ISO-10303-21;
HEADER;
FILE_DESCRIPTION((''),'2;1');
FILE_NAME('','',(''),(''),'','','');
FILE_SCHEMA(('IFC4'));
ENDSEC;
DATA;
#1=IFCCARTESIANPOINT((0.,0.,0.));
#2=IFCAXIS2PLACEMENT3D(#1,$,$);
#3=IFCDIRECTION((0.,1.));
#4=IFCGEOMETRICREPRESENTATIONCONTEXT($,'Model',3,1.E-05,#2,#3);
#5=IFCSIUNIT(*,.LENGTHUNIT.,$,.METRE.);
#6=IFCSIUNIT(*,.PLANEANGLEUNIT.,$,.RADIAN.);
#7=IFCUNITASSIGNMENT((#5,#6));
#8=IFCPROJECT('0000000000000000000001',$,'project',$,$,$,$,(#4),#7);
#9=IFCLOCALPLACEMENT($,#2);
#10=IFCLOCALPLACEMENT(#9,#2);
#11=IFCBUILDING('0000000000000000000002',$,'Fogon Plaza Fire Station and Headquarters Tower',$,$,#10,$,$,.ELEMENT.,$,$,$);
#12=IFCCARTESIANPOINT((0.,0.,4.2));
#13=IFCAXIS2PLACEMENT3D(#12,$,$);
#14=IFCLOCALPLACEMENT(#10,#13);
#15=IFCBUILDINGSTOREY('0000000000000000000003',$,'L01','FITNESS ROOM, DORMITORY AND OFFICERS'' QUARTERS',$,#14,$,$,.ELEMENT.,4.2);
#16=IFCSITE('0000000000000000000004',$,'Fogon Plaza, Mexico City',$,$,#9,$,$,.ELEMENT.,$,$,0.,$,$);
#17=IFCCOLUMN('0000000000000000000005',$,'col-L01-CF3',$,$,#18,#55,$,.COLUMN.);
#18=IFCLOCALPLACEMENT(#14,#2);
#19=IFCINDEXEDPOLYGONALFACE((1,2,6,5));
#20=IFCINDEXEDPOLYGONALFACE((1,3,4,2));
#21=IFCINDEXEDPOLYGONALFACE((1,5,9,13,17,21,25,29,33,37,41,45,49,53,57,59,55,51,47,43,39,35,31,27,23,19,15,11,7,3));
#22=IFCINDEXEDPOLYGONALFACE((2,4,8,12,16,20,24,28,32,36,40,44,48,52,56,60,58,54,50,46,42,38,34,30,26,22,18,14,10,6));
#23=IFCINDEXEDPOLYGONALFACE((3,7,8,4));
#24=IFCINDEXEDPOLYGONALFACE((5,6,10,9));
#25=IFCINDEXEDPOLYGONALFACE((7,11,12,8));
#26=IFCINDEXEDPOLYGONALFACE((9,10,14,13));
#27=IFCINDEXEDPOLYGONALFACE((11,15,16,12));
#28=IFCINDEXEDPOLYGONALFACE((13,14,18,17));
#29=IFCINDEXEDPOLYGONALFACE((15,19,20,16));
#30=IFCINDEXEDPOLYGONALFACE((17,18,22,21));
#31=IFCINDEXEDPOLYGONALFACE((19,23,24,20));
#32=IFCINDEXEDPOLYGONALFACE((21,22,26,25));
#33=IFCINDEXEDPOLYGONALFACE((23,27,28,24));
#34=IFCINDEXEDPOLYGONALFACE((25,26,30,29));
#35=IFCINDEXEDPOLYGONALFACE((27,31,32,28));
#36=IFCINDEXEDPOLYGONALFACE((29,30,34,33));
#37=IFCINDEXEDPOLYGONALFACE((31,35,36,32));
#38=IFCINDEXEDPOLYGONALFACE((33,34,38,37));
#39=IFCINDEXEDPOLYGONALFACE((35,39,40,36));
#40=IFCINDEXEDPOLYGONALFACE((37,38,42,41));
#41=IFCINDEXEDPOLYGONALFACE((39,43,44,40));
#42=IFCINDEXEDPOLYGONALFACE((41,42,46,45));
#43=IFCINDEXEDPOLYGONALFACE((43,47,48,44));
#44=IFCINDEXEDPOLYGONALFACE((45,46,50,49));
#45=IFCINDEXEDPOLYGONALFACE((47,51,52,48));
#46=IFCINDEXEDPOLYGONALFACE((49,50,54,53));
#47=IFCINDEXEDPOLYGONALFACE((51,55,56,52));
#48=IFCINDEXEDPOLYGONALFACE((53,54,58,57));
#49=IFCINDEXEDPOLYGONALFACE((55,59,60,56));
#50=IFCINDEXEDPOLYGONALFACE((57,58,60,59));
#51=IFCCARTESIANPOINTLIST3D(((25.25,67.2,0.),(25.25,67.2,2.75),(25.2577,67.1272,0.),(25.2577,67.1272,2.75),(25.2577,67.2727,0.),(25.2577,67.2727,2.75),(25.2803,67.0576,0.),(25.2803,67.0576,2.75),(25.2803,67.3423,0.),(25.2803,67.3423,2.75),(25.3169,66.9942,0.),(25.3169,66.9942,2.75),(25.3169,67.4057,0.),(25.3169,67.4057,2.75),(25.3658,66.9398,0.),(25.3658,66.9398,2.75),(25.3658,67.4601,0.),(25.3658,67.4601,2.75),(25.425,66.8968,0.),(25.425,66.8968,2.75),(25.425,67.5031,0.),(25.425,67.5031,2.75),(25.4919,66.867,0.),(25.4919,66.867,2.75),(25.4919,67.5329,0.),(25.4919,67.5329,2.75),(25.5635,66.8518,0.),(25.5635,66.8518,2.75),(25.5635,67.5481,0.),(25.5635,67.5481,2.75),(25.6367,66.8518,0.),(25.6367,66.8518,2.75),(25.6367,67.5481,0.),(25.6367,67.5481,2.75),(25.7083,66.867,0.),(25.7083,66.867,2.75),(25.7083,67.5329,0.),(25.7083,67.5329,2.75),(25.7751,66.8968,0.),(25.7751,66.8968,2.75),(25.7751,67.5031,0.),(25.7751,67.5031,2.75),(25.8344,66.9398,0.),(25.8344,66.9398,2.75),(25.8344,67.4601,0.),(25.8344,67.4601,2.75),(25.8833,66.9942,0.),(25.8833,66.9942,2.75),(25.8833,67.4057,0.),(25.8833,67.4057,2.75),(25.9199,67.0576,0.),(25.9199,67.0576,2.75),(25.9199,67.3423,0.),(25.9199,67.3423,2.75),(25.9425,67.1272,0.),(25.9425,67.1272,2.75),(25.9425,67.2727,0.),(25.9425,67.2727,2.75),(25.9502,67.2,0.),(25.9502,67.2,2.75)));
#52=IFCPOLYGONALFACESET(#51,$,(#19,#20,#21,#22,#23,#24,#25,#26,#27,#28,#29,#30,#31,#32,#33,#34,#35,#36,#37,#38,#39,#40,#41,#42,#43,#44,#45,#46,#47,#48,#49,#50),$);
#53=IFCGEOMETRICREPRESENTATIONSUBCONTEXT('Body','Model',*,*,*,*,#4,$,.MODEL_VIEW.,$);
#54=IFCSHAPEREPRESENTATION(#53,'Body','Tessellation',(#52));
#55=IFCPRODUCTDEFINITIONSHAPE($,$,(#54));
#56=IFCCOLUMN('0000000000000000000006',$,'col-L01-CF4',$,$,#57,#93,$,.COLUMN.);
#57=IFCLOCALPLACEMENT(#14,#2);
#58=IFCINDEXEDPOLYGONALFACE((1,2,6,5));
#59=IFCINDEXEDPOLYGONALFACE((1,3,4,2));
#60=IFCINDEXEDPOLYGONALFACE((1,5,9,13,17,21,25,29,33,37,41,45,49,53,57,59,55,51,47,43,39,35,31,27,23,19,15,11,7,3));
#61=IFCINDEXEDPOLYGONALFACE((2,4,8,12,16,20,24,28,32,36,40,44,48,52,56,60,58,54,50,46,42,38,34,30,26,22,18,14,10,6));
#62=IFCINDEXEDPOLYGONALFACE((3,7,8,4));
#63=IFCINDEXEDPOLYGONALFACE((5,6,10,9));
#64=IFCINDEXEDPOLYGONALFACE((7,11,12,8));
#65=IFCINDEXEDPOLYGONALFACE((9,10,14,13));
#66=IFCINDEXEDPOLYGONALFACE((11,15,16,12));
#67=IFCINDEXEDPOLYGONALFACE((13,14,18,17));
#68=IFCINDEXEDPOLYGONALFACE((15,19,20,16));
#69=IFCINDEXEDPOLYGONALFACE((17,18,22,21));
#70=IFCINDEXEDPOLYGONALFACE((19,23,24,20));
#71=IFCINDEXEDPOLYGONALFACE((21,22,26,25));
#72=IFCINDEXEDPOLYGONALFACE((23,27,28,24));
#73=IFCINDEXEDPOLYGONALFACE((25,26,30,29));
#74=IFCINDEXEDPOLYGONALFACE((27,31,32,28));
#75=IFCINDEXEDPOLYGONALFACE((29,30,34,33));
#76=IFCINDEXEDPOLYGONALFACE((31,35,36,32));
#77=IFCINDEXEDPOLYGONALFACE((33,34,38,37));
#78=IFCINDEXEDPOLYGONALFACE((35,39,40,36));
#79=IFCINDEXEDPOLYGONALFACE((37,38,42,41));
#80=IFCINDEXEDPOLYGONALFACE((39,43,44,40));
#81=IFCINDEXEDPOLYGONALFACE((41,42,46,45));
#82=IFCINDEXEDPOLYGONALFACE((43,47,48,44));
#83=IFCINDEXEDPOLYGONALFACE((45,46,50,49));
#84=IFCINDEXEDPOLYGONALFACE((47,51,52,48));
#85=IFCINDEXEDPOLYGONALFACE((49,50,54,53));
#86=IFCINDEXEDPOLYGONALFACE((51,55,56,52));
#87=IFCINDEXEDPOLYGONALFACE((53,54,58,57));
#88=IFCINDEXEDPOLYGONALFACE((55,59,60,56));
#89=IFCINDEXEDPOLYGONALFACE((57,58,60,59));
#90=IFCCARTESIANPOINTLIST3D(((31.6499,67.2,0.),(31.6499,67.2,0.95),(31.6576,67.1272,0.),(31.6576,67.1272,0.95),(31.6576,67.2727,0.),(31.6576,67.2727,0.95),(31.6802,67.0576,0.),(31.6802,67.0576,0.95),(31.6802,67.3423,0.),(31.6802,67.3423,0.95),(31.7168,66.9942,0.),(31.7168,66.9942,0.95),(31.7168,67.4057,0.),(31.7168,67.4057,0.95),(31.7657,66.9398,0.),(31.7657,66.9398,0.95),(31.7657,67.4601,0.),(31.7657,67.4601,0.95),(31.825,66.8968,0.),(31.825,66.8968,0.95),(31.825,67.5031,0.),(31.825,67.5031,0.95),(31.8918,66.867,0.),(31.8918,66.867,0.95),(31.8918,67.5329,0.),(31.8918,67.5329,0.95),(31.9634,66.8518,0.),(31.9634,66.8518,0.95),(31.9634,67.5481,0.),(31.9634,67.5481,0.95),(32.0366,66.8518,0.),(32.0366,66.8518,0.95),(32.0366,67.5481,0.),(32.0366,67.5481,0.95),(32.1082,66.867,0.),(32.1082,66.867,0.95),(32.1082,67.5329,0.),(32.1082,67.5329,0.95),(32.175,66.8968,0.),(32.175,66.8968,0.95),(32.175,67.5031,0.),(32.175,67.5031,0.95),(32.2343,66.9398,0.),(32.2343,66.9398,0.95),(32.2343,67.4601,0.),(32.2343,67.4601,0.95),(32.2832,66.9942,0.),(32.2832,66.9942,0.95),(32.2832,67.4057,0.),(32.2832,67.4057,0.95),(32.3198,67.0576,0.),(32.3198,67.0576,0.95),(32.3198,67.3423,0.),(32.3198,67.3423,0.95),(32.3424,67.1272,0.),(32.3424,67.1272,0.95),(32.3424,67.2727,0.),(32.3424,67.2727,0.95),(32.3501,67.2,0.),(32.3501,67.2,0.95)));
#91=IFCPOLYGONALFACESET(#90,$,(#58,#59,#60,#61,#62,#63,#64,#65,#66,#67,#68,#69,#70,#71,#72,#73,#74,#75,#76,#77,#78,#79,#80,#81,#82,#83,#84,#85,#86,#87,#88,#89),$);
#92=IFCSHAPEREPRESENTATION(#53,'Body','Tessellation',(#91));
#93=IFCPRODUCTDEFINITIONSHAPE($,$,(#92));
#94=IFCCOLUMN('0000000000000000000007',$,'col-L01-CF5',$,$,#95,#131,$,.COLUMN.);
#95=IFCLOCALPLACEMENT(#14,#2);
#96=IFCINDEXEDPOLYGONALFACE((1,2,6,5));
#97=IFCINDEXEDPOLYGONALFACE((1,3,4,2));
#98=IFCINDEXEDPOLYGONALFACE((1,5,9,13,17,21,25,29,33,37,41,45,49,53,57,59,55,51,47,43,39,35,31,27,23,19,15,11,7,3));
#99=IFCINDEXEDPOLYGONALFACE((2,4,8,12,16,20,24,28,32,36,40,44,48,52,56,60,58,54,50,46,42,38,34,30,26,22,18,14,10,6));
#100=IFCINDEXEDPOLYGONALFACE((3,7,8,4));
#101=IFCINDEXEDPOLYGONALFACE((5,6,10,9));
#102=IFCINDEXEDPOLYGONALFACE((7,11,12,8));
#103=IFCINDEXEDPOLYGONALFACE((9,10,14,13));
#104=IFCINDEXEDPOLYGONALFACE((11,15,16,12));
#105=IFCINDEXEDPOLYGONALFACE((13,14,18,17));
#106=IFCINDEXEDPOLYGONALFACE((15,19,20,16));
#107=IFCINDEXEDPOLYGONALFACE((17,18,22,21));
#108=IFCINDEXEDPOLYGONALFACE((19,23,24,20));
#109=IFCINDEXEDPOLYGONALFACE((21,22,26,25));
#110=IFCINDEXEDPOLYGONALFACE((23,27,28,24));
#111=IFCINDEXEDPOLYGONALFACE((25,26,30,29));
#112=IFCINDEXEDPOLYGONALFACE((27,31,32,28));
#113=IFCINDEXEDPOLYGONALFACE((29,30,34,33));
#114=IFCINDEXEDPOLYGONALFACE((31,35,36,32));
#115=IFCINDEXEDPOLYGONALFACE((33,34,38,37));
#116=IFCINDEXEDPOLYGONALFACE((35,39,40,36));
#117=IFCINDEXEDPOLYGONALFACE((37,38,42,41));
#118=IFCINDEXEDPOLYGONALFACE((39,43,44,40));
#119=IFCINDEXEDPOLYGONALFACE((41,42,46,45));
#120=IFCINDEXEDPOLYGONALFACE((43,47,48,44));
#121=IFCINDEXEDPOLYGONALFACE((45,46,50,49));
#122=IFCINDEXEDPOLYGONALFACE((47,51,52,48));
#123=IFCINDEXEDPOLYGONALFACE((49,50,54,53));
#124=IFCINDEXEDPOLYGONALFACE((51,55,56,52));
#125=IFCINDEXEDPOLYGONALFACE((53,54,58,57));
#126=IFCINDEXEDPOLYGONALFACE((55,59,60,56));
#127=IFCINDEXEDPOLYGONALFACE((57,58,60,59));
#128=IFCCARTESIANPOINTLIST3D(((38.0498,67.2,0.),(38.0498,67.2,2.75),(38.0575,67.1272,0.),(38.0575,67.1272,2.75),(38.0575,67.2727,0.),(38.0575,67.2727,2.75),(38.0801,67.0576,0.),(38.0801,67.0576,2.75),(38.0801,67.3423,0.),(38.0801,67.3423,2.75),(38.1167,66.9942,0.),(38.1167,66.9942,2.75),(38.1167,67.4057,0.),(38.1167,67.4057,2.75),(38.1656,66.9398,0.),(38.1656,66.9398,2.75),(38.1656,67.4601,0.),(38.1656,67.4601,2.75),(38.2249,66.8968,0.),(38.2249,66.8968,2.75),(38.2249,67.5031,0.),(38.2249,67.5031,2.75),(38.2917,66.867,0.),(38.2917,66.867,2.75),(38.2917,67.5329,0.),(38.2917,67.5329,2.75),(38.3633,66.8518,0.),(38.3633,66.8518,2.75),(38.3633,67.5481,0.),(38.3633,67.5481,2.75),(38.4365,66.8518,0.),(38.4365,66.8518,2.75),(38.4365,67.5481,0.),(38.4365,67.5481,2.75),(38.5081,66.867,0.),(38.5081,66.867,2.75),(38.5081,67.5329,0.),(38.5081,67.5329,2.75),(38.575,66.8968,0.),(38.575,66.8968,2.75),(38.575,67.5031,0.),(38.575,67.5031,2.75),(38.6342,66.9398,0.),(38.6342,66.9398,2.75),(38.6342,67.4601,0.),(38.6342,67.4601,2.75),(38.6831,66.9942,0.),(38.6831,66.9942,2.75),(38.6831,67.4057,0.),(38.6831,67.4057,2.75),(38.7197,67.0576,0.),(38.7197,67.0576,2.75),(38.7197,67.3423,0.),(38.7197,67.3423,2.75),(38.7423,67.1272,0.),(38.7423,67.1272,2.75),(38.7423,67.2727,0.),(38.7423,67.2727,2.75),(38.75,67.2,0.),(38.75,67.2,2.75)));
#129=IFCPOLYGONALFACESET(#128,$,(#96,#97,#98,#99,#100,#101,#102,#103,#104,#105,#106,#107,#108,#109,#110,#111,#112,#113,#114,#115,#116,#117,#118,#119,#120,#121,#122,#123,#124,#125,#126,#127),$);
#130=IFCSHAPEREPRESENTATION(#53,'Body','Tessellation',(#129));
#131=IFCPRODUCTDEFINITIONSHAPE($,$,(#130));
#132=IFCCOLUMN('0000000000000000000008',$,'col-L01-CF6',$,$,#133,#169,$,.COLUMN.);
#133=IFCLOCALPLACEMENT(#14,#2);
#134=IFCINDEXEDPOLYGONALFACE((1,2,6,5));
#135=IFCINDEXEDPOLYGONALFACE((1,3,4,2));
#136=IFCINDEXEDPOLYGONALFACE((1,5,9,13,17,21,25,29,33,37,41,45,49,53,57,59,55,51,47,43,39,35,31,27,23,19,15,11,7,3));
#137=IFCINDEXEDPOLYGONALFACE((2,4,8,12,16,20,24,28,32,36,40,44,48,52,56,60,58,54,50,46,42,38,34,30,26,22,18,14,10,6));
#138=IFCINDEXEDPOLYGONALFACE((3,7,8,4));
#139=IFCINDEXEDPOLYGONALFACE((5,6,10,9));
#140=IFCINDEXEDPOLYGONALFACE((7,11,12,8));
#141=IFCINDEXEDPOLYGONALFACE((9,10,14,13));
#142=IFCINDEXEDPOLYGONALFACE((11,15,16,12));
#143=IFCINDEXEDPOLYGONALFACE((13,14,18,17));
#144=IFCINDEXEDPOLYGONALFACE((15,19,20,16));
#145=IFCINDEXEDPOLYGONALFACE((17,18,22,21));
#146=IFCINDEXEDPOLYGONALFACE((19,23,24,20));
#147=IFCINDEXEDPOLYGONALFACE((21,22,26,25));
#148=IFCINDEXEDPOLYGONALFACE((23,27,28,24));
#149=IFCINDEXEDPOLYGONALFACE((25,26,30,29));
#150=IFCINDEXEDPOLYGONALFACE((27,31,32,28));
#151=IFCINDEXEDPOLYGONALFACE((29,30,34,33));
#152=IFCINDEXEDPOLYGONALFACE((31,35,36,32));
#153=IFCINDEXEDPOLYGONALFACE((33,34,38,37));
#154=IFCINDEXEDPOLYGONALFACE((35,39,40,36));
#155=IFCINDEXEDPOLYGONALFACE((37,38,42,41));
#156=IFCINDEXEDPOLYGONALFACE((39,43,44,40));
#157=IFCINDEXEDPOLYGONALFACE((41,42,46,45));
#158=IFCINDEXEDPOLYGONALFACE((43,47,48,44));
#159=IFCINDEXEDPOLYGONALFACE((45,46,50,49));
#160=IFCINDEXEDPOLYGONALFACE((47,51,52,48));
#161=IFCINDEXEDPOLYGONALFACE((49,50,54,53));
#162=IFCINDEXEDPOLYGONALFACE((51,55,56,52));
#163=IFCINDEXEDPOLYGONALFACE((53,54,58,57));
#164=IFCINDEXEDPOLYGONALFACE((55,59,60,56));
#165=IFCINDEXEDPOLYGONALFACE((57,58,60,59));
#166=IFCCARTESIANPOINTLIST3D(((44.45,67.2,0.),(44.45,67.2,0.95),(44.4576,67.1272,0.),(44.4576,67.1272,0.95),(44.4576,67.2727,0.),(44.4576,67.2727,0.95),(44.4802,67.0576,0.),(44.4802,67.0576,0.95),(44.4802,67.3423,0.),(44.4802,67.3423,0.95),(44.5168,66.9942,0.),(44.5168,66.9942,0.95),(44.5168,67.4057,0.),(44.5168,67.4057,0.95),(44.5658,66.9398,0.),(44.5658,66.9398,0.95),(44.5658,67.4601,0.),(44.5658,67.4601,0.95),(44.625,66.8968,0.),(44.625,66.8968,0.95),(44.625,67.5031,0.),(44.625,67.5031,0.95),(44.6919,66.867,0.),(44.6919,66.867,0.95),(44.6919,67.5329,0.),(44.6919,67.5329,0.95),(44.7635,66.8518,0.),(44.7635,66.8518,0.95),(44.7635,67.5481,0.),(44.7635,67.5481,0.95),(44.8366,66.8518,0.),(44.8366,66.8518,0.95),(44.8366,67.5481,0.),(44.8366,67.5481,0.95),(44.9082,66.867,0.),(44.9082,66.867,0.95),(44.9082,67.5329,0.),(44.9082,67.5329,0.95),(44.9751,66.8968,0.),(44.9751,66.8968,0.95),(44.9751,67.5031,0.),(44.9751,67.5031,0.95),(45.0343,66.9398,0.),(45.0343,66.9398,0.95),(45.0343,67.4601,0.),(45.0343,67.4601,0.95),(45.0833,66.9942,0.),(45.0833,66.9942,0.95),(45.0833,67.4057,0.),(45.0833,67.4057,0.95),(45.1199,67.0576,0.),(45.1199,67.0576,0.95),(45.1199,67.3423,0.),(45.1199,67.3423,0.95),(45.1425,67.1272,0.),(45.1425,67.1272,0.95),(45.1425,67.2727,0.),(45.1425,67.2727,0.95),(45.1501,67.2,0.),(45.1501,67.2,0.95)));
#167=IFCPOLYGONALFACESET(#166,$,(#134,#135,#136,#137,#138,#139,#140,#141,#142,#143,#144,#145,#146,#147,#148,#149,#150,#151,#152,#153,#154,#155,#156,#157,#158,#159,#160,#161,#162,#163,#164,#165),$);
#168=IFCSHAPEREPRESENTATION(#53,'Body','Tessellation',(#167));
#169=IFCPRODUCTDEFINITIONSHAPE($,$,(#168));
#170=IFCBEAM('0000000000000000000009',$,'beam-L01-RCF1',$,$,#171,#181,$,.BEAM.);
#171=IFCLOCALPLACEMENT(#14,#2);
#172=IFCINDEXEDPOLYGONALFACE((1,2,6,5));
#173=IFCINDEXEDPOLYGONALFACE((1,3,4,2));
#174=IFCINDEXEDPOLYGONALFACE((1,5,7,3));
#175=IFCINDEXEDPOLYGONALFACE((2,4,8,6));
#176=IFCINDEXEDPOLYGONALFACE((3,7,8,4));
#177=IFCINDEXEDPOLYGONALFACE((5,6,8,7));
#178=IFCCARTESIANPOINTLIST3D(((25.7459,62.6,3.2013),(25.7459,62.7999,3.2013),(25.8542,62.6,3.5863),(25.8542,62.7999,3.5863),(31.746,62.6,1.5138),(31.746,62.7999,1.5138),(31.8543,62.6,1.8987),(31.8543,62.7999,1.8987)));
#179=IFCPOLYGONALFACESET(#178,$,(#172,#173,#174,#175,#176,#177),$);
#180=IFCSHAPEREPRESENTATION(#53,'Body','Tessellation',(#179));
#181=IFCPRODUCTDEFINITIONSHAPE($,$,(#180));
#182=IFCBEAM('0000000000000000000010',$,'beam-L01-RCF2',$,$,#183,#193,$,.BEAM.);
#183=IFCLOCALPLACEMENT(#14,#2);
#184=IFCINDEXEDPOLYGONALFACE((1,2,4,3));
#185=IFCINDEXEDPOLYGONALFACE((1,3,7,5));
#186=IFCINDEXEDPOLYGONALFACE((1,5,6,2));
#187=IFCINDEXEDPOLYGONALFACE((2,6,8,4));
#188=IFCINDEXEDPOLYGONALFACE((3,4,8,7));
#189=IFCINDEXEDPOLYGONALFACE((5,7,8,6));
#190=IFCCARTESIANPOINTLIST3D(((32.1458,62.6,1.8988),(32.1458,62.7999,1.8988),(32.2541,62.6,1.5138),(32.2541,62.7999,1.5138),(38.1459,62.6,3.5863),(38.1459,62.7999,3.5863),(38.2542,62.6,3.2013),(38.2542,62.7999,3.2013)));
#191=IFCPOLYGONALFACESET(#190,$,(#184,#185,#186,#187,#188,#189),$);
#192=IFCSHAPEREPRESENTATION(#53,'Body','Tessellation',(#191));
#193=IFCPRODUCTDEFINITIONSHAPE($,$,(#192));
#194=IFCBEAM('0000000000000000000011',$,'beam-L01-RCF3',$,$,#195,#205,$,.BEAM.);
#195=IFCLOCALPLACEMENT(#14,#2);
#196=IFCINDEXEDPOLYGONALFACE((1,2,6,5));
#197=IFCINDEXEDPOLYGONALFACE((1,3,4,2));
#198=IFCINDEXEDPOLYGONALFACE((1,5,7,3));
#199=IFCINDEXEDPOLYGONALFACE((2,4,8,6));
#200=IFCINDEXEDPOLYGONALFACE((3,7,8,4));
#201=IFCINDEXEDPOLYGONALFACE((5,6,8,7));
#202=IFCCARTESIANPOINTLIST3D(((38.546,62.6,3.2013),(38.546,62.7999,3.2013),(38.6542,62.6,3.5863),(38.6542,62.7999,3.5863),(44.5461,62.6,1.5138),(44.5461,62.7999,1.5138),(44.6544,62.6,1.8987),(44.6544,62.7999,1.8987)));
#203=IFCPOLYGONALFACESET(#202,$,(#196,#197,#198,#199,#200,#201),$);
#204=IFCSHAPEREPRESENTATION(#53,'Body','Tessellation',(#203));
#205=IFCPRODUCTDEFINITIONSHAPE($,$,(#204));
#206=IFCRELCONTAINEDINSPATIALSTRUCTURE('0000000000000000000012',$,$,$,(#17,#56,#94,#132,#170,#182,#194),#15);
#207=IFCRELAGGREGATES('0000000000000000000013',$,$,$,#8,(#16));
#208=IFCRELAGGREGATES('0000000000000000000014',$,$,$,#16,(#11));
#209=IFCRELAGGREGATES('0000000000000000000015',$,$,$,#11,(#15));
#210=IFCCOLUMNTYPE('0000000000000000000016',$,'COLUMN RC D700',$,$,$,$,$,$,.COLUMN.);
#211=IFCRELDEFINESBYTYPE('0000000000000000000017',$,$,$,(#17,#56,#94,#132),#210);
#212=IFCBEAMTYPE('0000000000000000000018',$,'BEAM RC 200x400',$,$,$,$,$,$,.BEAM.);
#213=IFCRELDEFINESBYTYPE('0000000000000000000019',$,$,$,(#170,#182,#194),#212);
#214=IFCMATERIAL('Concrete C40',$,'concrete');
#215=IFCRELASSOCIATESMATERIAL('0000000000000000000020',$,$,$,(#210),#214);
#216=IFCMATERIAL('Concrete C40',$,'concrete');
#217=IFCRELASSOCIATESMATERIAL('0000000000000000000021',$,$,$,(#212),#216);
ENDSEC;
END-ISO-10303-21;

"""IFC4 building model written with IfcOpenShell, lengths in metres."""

from ifc_helpers import new_model, si_unit, direction, frame, origin, origin_2d, place, context, subcontext, project, spatial, rectangle, circle, extrude, material, material_profile, profile_set, type_object, element, save


model = new_model("IFC4")

# Units and contexts
model_context = context("Model", 3, precision=1e-05, world=origin(), true_north=direction((0.0, 1.0)))
body_context = subcontext(model_context, "Body", "Model", "MODEL_VIEW")
ifc_project = project(units=[si_unit("LENGTHUNIT", "METRE"), si_unit("PLANEANGLEUNIT", "RADIAN")], contexts=[model_context])

# Site, building, storey
site_placement = place(None, origin())
site = spatial("IfcSite", under=ifc_project, at=site_placement, Name="Fogon Plaza, Mexico City", CompositionType="ELEMENT", RefElevation=0.0)
building_placement = place(site_placement, origin())
building = spatial("IfcBuilding", under=site, at=building_placement, Name="Fogon Plaza Fire Station and Headquarters Tower", CompositionType="ELEMENT")
storey_placement = place(building_placement, frame((0.0, 0.0, 4.2)))
storey = spatial("IfcBuildingStorey", under=building, at=storey_placement, Name="L01", Description="FITNESS ROOM, DORMITORY AND OFFICERS' QUARTERS", CompositionType="ELEMENT", Elevation=4.2)

# Columns
ifc_material_1 = material(Name="Concrete C40", Category="concrete")
ifc_material_profile_1 = material_profile(ifc_material_1, circle(Radius=0.3501, at=origin_2d()), Name="RC D700")
ifc_profile_set_1 = profile_set([ifc_material_profile_1], Name="Concrete C40")
column_type = type_object("IfcColumnType", Name="COLUMN RC D700", PredefinedType="COLUMN", material=ifc_profile_set_1)
column_1_placement = place(storey_placement, frame((25.6001, 67.2, 0.0), z_axis=(0.0, 0.0, 1.0), x_axis=(1.0, 0.0, 0.0)))
element("IfcColumn", 1, at=column_1_placement, inside=storey, type_object=column_type, Name="col-L01-CF3", PredefinedType="COLUMN", context=body_context, shape_type="SweptSolid", body=[
    extrude(circle(Radius=0.3501, at=origin_2d()), origin(), (0.0, 0.0, 1.0), 2.75),
])
column_2_placement = place(storey_placement, frame((32.0, 67.2, 0.0), z_axis=(0.0, 0.0, 1.0), x_axis=(1.0, 0.0, 0.0)))
element("IfcColumn", 2, at=column_2_placement, inside=storey, type_object=column_type, Name="col-L01-CF4", PredefinedType="COLUMN", context=body_context, shape_type="SweptSolid", body=[
    extrude(circle(Radius=0.3501, at=origin_2d()), origin(), (0.0, 0.0, 1.0), 0.95),
])
column_3_placement = place(storey_placement, frame((38.3999, 67.2, 0.0), z_axis=(0.0, 0.0, 1.0), x_axis=(1.0, 0.0, 0.0)))
element("IfcColumn", 3, at=column_3_placement, inside=storey, type_object=column_type, Name="col-L01-CF5", PredefinedType="COLUMN", context=body_context, shape_type="SweptSolid", body=[
    extrude(circle(Radius=0.3501, at=origin_2d()), origin(), (0.0, 0.0, 1.0), 2.75),
])
column_4_placement = place(storey_placement, frame((44.8, 67.2, 0.0), z_axis=(0.0, 0.0, 1.0), x_axis=(1.0, 0.0, 0.0)))
element("IfcColumn", 4, at=column_4_placement, inside=storey, type_object=column_type, Name="col-L01-CF6", PredefinedType="COLUMN", context=body_context, shape_type="SweptSolid", body=[
    extrude(circle(Radius=0.3501, at=origin_2d()), origin(), (0.0, 0.0, 1.0), 0.95),
])

# Beams
ifc_material_2 = material(Name="Concrete C40", Category="concrete")
ifc_material_profile_2 = material_profile(ifc_material_2, rectangle(XDim=0.2, YDim=0.3999, at=origin_2d()), Name="RC 200x400")
ifc_profile_set_2 = profile_set([ifc_material_profile_2], Name="Concrete C40")
beam_type_1 = type_object("IfcBeamType", Name="BEAM RC 200x400", PredefinedType="BEAM", material=ifc_profile_set_2)
for number, where, z_axis, x_axis, name in (
    (5, (25.8, 62.7, 3.3938), (0.962651, 0.0, -0.270746), (0.0, 1.0, 0.0), "beam-L01-RCF1"),
    (6, (32.2, 62.7, 1.7063), (0.962651, 0.0, 0.270746), (0.0, 1.0, 0.0), "beam-L01-RCF2"),
    (7, (38.6001, 62.7, 3.3938), (0.962651, 0.0, -0.270746), (0.0, 1.0, 0.0), "beam-L01-RCF3"),
):
    element("IfcBeam", number, at=place(storey_placement, frame(where, z_axis=z_axis, x_axis=x_axis)), inside=storey, type_object=beam_type_1, Name=name, PredefinedType="BEAM", context=body_context, shape_type="SweptSolid", body=[
        extrude(rectangle(XDim=0.2, YDim=0.3999, at=origin_2d()), origin(), (0.0, 0.0, 1.0), 6.2329),
    ])

save(model, "model.ifc")
